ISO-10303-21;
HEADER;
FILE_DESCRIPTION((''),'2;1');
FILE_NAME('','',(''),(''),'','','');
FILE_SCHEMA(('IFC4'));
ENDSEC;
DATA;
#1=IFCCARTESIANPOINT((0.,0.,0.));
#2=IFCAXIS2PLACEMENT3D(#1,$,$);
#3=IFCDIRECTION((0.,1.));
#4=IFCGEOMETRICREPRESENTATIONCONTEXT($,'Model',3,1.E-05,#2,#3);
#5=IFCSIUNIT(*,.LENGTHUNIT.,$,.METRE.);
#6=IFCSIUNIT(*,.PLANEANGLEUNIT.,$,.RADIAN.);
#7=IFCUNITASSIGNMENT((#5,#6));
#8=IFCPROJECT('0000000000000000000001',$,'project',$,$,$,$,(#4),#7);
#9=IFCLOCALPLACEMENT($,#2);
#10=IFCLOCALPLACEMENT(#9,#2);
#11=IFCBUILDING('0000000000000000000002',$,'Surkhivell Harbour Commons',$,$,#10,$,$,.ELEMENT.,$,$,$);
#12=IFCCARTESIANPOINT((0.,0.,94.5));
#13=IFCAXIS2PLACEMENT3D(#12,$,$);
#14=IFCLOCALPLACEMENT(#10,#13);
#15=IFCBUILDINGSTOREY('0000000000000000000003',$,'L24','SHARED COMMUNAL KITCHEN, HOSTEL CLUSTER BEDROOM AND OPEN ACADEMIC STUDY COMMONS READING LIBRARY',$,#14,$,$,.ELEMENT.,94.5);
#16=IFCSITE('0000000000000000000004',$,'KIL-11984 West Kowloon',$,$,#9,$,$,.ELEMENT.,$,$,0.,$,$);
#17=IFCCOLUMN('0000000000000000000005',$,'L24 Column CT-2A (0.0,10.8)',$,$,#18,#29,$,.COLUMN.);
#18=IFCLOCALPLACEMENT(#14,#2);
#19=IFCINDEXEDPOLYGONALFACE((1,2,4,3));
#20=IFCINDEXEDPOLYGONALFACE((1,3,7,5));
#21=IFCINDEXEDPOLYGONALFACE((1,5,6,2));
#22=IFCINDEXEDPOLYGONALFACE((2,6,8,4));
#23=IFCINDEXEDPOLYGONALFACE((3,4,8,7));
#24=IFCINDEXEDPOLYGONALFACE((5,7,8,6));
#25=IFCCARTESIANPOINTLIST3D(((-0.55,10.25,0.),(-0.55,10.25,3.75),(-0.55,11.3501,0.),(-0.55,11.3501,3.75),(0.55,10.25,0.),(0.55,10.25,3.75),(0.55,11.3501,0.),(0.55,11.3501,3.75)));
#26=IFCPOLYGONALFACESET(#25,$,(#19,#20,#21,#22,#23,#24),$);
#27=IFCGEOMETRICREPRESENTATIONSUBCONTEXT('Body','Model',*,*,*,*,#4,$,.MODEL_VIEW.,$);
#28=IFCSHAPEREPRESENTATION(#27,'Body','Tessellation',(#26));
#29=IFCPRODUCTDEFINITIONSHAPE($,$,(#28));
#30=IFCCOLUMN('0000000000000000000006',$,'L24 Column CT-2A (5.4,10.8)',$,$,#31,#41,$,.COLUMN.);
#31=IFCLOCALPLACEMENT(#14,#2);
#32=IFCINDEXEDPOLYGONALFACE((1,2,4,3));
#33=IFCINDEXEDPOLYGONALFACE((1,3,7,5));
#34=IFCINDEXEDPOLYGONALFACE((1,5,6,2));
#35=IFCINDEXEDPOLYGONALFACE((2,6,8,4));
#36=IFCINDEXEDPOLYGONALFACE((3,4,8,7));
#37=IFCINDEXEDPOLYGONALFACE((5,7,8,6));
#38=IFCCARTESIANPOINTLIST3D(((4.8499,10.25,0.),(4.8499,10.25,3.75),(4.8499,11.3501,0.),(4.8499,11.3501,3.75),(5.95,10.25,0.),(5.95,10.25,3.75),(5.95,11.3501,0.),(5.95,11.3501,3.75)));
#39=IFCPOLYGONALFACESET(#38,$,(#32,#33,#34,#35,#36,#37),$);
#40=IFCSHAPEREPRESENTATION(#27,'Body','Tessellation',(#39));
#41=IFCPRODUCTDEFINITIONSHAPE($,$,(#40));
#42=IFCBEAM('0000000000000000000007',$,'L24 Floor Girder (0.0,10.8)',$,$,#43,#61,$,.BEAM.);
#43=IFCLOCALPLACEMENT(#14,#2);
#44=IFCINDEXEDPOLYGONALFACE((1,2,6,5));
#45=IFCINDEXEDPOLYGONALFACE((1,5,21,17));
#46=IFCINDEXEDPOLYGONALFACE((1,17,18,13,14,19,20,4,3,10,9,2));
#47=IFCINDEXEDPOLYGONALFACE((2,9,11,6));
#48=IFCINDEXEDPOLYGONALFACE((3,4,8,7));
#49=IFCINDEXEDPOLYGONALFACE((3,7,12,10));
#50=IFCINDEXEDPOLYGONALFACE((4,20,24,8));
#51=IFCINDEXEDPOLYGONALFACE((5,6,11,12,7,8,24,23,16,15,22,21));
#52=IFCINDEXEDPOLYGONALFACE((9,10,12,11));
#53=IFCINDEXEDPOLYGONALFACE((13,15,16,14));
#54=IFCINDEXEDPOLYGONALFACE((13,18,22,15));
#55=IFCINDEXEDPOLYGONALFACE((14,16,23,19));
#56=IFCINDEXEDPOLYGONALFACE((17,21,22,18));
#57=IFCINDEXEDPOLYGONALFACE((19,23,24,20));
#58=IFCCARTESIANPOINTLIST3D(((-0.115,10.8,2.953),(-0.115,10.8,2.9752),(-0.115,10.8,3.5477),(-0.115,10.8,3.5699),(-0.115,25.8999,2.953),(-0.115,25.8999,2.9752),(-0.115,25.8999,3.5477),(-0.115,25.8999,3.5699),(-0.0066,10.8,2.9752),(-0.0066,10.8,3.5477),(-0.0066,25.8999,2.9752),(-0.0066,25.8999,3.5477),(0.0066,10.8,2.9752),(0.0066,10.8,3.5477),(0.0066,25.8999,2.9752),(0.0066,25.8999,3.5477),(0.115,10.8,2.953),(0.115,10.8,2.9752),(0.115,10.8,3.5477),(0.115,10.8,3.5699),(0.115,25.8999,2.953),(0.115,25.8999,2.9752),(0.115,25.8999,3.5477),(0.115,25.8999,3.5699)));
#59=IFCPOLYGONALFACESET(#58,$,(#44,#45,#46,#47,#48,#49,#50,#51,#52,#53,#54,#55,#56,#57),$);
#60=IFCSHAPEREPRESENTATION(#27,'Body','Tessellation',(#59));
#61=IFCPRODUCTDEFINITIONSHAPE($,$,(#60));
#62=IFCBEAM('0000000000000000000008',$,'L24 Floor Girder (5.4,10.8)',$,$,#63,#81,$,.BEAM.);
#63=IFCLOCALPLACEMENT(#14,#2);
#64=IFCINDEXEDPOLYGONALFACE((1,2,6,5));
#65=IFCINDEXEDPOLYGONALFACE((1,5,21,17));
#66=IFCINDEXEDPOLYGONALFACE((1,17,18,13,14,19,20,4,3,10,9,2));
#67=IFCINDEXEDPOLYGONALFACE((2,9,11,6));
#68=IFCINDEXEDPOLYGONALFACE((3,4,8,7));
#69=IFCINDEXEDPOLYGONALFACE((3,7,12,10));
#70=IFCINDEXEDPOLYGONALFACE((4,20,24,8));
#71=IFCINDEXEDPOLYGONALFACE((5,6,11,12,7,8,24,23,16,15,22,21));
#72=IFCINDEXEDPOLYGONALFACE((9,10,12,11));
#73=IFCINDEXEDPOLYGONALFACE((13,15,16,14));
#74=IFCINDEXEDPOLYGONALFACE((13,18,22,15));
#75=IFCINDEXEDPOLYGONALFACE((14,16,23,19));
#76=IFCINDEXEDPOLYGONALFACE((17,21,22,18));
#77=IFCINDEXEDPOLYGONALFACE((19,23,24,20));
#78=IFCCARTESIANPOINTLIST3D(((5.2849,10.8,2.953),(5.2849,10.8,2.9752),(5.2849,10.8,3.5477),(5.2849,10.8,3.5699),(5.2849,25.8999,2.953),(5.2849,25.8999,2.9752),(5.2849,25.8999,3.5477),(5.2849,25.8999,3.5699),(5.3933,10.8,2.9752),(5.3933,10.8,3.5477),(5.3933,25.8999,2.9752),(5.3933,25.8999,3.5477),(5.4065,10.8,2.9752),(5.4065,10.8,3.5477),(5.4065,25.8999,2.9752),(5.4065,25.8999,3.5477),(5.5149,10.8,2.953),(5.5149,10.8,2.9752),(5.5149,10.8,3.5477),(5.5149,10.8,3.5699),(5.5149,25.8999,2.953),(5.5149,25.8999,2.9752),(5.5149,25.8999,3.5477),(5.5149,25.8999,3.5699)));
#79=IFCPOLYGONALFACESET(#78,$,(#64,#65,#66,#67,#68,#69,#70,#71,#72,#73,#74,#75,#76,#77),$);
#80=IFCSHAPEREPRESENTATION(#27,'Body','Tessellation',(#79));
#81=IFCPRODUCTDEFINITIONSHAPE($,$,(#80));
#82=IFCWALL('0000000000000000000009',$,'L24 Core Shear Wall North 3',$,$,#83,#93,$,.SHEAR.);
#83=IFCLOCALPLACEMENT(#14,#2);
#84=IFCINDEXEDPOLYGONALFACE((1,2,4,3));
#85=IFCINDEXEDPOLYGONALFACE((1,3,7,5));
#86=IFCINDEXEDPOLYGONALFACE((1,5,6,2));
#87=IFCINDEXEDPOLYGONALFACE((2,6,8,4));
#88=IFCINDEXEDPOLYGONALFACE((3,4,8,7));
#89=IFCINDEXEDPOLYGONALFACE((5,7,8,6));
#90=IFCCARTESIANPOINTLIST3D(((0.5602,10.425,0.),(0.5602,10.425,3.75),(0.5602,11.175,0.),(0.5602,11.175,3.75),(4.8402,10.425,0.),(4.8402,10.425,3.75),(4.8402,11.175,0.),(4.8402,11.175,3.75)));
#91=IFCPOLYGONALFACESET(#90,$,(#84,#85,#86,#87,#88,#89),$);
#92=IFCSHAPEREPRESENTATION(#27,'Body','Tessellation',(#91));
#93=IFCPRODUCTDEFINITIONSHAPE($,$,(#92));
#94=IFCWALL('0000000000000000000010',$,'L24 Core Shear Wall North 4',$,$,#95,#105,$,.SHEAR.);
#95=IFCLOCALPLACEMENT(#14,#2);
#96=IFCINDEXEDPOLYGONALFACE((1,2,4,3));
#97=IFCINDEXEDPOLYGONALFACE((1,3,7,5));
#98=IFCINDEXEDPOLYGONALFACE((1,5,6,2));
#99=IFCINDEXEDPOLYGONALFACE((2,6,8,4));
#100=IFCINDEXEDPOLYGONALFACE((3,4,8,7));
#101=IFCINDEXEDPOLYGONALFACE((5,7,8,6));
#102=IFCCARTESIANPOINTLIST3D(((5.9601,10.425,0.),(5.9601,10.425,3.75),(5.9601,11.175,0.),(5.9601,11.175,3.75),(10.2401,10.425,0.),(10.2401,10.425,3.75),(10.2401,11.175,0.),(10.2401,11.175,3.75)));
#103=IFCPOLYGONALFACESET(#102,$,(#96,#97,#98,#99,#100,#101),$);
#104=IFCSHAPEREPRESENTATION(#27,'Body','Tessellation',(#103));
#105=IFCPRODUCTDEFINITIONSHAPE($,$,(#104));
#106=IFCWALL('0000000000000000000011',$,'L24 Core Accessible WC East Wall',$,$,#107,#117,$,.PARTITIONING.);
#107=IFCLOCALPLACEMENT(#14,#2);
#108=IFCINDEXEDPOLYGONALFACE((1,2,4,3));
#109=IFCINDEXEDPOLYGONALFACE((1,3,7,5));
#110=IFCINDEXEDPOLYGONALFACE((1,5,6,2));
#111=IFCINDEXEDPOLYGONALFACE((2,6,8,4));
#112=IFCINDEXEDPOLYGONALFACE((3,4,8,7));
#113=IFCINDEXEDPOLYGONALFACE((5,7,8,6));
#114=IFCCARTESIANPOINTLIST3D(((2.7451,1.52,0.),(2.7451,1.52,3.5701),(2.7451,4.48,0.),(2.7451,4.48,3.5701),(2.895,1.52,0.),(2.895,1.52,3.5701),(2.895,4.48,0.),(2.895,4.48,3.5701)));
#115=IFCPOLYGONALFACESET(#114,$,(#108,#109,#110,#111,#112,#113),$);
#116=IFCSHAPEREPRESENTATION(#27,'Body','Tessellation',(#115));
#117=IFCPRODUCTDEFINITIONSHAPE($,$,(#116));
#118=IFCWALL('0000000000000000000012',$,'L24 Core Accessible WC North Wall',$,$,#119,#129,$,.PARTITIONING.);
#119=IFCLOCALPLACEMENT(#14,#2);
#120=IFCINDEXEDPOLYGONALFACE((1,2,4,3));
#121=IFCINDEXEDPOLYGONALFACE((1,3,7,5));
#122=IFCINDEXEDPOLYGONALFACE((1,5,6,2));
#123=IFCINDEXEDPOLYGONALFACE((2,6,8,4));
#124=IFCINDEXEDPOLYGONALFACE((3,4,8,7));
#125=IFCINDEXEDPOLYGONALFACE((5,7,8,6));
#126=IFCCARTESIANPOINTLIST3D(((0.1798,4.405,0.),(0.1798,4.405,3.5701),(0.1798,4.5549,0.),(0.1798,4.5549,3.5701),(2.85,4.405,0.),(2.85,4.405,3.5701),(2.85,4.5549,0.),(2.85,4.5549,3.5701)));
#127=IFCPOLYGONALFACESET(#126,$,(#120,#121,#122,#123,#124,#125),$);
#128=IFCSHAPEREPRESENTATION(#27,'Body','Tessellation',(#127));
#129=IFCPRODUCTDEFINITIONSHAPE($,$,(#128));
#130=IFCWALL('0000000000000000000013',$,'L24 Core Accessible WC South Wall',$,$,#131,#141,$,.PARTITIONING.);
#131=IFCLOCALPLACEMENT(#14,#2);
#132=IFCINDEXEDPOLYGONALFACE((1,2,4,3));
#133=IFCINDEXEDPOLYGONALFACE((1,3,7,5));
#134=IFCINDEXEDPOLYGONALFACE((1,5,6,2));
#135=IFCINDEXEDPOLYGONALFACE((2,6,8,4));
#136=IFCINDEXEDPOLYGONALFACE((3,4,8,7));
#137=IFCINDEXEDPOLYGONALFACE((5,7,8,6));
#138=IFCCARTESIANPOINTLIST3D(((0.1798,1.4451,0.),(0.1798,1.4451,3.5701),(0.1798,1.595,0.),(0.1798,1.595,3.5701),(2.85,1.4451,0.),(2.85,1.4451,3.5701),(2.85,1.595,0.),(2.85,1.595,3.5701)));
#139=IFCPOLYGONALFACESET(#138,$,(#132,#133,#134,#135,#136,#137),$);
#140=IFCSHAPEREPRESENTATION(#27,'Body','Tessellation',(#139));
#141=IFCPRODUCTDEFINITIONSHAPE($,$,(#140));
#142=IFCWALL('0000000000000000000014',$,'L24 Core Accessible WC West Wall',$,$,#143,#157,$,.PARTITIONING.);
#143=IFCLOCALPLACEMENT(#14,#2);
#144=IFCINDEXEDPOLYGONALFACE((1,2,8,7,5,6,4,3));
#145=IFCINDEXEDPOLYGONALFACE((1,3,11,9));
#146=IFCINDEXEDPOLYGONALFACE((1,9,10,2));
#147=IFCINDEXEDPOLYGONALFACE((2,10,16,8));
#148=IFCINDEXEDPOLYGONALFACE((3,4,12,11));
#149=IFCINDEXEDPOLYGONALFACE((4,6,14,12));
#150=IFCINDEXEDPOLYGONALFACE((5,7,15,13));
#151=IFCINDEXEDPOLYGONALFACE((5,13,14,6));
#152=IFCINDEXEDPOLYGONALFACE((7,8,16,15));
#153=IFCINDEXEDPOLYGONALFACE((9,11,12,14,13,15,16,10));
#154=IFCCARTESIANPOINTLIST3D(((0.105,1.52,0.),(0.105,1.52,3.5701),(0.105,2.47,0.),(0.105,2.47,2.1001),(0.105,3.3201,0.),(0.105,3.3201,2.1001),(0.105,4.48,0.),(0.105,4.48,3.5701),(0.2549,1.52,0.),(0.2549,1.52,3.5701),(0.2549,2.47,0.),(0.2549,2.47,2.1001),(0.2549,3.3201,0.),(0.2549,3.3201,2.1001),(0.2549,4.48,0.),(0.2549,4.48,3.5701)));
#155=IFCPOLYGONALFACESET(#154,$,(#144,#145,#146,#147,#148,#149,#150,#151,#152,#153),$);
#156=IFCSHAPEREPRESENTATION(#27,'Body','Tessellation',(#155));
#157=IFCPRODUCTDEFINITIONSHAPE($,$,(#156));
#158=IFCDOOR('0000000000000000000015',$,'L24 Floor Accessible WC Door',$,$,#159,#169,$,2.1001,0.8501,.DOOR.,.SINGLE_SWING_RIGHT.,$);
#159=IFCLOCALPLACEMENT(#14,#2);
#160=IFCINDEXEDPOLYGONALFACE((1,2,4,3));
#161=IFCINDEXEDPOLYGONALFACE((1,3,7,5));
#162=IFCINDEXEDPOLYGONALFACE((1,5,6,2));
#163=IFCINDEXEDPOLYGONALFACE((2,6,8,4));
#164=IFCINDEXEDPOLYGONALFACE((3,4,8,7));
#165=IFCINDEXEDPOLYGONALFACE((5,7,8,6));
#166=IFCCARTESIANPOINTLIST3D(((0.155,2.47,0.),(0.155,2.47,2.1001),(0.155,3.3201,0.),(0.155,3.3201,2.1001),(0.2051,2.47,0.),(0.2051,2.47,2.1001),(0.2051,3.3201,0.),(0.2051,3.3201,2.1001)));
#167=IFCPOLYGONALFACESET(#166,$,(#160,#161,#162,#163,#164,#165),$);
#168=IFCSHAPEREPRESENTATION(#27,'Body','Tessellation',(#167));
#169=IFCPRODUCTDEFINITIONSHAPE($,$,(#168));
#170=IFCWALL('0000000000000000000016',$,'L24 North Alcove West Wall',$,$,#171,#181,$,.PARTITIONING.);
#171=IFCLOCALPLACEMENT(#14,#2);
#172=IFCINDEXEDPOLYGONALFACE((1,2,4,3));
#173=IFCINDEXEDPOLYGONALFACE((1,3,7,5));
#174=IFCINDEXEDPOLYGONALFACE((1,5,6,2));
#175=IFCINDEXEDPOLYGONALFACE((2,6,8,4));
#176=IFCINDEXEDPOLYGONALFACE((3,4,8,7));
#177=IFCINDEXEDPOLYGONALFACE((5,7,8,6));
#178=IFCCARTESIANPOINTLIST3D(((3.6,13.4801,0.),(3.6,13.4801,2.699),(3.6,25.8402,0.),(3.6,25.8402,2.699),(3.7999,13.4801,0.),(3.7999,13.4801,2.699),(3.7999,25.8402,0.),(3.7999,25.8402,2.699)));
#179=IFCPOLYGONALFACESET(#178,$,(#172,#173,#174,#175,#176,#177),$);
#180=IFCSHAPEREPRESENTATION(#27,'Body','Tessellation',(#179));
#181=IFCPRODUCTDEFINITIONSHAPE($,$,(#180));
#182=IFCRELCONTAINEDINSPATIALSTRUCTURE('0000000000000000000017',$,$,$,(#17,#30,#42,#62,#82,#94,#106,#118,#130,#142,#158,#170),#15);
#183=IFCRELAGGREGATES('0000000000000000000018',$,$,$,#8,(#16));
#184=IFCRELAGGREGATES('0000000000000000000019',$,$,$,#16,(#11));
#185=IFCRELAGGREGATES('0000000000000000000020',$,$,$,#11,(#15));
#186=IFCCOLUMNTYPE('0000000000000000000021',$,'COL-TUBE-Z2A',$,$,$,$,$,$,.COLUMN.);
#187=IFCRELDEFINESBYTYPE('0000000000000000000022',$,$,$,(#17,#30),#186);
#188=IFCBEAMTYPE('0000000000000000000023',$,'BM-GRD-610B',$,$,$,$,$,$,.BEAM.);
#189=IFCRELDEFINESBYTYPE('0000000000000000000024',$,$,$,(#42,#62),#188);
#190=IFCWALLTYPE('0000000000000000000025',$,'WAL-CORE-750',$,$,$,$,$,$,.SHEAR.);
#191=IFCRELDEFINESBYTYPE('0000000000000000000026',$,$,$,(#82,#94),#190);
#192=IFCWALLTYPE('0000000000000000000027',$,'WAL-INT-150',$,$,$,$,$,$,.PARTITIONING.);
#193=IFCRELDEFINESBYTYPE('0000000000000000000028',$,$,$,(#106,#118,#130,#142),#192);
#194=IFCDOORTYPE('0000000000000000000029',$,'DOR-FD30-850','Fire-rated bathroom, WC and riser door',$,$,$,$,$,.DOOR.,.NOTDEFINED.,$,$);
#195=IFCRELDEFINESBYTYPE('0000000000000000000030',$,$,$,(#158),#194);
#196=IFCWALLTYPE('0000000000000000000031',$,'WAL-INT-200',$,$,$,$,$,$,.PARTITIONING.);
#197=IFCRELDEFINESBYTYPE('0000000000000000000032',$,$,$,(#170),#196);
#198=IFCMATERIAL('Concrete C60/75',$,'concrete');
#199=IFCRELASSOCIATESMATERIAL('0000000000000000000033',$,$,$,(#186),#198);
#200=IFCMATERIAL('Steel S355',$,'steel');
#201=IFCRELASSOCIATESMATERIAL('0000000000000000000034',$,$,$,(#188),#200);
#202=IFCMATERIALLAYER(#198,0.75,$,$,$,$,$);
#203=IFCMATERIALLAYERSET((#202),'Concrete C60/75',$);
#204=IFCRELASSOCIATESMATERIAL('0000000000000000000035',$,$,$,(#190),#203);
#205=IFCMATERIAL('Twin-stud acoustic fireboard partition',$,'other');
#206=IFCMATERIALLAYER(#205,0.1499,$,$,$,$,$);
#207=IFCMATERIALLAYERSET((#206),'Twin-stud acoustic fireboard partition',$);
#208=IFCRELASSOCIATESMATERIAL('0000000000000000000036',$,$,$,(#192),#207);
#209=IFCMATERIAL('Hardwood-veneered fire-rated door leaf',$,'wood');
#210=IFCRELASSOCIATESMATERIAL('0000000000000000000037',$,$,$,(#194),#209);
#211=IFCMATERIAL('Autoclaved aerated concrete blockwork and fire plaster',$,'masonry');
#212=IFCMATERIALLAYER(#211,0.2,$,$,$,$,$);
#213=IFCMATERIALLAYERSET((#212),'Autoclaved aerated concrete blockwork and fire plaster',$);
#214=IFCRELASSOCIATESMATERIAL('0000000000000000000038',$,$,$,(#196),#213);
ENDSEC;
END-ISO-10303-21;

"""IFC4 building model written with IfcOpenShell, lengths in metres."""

from ifc_helpers import new_model, si_unit, direction, frame, frame_2d, origin, origin_2d, place, context, subcontext, project, spatial, rectangle, i_section, extrude, material, layer, layer_set, material_profile, profile_set, type_object, element, fill, save


model = new_model("IFC4")

# Units and contexts
model_context = context("Model", 3, precision=1e-05, world=origin(), true_north=direction((0.0, 1.0)))
body_context = subcontext(model_context, "Body", "Model", "MODEL_VIEW")
ifc_project = project(units=[si_unit("LENGTHUNIT", "METRE"), si_unit("PLANEANGLEUNIT", "RADIAN")], contexts=[model_context])

# Site, building, storey
site_placement = place(None, origin())
site = spatial("IfcSite", under=ifc_project, at=site_placement, Name="KIL-11984 West Kowloon", CompositionType="ELEMENT", RefElevation=0.0)
building_placement = place(site_placement, origin())
building = spatial("IfcBuilding", under=site, at=building_placement, Name="Surkhivell Harbour Commons", CompositionType="ELEMENT")
storey_placement = place(building_placement, frame((0.0, 0.0, 94.5)))
storey = spatial("IfcBuildingStorey", under=building, at=storey_placement, Name="L24", Description="SHARED COMMUNAL KITCHEN, HOSTEL CLUSTER BEDROOM AND OPEN ACADEMIC STUDY COMMONS READING LIBRARY", CompositionType="ELEMENT", Elevation=94.5)

# Columns
ifc_material_1 = material(Name="Concrete C60/75", Category="concrete")
ifc_material_profile_1 = material_profile(ifc_material_1, rectangle(XDim=1.1001, YDim=1.1001, at=origin_2d()), Name="RC-COL-1100x1100")
ifc_profile_set_1 = profile_set([ifc_material_profile_1], Name="Concrete C60/75")
column_type = type_object("IfcColumnType", Name="COL-TUBE-Z2A", PredefinedType="COLUMN", material=ifc_profile_set_1)
for number, where, z_axis, x_axis, name in (
    (1, (0.0, 10.8, 0.0), (0.0, 0.0, 1.0), (1.0, 0.0, 0.0), "L24 Column CT-2A (0.0,10.8)"),
    (2, (5.3999, 10.8, 0.0), (0.0, 0.0, 1.0), (1.0, 0.0, 0.0), "L24 Column CT-2A (5.4,10.8)"),
):
    element("IfcColumn", number, at=place(storey_placement, frame(where, z_axis=z_axis, x_axis=x_axis)), inside=storey, type_object=column_type, Name=name, PredefinedType="COLUMN", context=body_context, shape_type="SweptSolid", body=[
        extrude(rectangle(XDim=1.1001, YDim=1.1001, at=origin_2d()), origin(), (0.0, 0.0, 1.0), 3.75),
    ])

# Beams
ifc_material_2 = material(Name="Steel S355", Category="steel")
ifc_material_profile_2 = material_profile(ifc_material_2, i_section(OverallWidth=0.23, OverallDepth=0.6169, WebThickness=0.0132, FlangeThickness=0.0222, at=origin_2d()), Name="UB610x229x140")
ifc_profile_set_2 = profile_set([ifc_material_profile_2], Name="Steel S355")
beam_type = type_object("IfcBeamType", Name="BM-GRD-610B", PredefinedType="BEAM", material=ifc_profile_set_2)
for number, where, z_axis, x_axis, name in (
    (3, (0.0, 10.8, 3.2615), (0.0, 1.0, 0.0), (-1.0, 0.0, 0.0), "L24 Floor Girder (0.0,10.8)"),
    (4, (5.3999, 10.8, 3.2615), (0.0, 1.0, 0.0), (-1.0, 0.0, 0.0), "L24 Floor Girder (5.4,10.8)"),
):
    element("IfcBeam", number, at=place(storey_placement, frame(where, z_axis=z_axis, x_axis=x_axis)), inside=storey, type_object=beam_type, Name=name, PredefinedType="BEAM", context=body_context, shape_type="SweptSolid", body=[
        extrude(i_section(OverallWidth=0.23, OverallDepth=0.6169, WebThickness=0.0132, FlangeThickness=0.0222, at=origin_2d()), origin(), (0.0, 0.0, 1.0), 15.0999),
    ])

# Walls
ifc_layer_1 = layer(ifc_material_1, 0.75)
ifc_layer_set_1 = layer_set([ifc_layer_1], Name="Concrete C60/75")
wall_type_1 = type_object("IfcWallType", Name="WAL-CORE-750", PredefinedType="SHEAR", material=ifc_layer_set_1)
for number, where, z_axis, x_axis, name in (
    (5, (0.5601, 10.8, 0.0), (0.0, 0.0, 1.0), (1.0, 0.0, 0.0), "L24 Core Shear Wall North 3"),
    (6, (5.96, 10.8, 0.0), (0.0, 0.0, 1.0), (1.0, 0.0, 0.0), "L24 Core Shear Wall North 4"),
):
    element("IfcWall", number, at=place(storey_placement, frame(where, z_axis=z_axis, x_axis=x_axis)), inside=storey, type_object=wall_type_1, Name=name, PredefinedType="SHEAR", context=body_context, shape_type="SweptSolid", body=[
        extrude(rectangle(XDim=4.28, YDim=0.75, at=frame_2d((2.1401, 0.0))), origin(), (0.0, 0.0, 1.0), 3.75),
    ])
ifc_material_3 = material(Name="Twin-stud acoustic fireboard partition", Category="other")
ifc_layer_2 = layer(ifc_material_3, 0.1499)
ifc_layer_set_2 = layer_set([ifc_layer_2], Name="Twin-stud acoustic fireboard partition")
wall_type_2 = type_object("IfcWallType", Name="WAL-INT-150", PredefinedType="PARTITIONING", material=ifc_layer_set_2)
wall_1_placement = place(storey_placement, frame((2.8201, 1.52, 0.0), z_axis=(0.0, 0.0, 1.0), x_axis=(0.0, 1.0, 0.0)))
element("IfcWall", 7, at=wall_1_placement, inside=storey, type_object=wall_type_2, Name="L24 Core Accessible WC East Wall", PredefinedType="PARTITIONING", context=body_context, shape_type="SweptSolid", body=[
    extrude(rectangle(XDim=2.96, YDim=0.1499, at=frame_2d((1.48, 0.0))), origin(), (0.0, 0.0, 1.0), 3.5701),
])
for number, where, z_axis, x_axis, name in (
    (8, (0.1799, 4.48, 0.0), (0.0, 0.0, 1.0), (1.0, 0.0, 0.0), "L24 Core Accessible WC North Wall"),
    (9, (0.1799, 1.52, 0.0), (0.0, 0.0, 1.0), (1.0, 0.0, 0.0), "L24 Core Accessible WC South Wall"),
):
    element("IfcWall", number, at=place(storey_placement, frame(where, z_axis=z_axis, x_axis=x_axis)), inside=storey, type_object=wall_type_2, Name=name, PredefinedType="PARTITIONING", context=body_context, shape_type="SweptSolid", body=[
        extrude(rectangle(XDim=2.6702, YDim=0.1499, at=frame_2d((1.335, 0.0))), origin(), (0.0, 0.0, 1.0), 3.5701),
    ])

# Wall, opening, door
wall_2_placement = place(storey_placement, frame((0.1799, 1.52, 0.0), z_axis=(0.0, 0.0, 1.0), x_axis=(0.0, 1.0, 0.0)))
wall_2 = element("IfcWall", 10, at=wall_2_placement, inside=storey, type_object=wall_type_2, Name="L24 Core Accessible WC West Wall", PredefinedType="PARTITIONING", context=body_context, shape_type="SweptSolid", body=[
    extrude(rectangle(XDim=2.96, YDim=0.1499, at=frame_2d((1.48, 0.0))), origin(), (0.0, 0.0, 1.0), 3.5701),
])
opening_1_placement = place(wall_2_placement, frame((0.95, 0.0, 0.0)))
opening_1 = element("IfcOpeningElement", 11, at=opening_1_placement, cuts=wall_2, PredefinedType="OPENING", context=body_context, shape_type="SweptSolid", body=[
    extrude(rectangle(XDim=0.8501, YDim=2.1001, at=frame_2d((0.425, 1.05))), frame((0.0, 0.085, 0.0), z_axis=(0.0, -1.0, 0.0), x_axis=(1.0, 0.0, 0.0)), (0.0, 0.0, 1.0), 0.1699),
])
ifc_material_4 = material(Name="Hardwood-veneered fire-rated door leaf", Category="wood")
door_type_1 = type_object("IfcDoorType", Name="DOR-FD30-850", Description="Fire-rated bathroom, WC and riser door", OperationType="NOTDEFINED", PredefinedType="DOOR", material=ifc_material_4)
door_1_placement = place(opening_1_placement, origin())
door_1 = element("IfcDoor", 12, at=door_1_placement, inside=storey, type_object=door_type_1, Name="L24 Floor Accessible WC Door", OperationType="SINGLE_SWING_RIGHT", OverallHeight=2.1001, OverallWidth=0.8501, PredefinedType="DOOR", context=body_context, shape_type="SweptSolid", body=[
    extrude(rectangle(XDim=0.8501, YDim=2.1001, at=frame_2d((0.425, 1.05))), frame((0.0, 0.0249, 0.0), z_axis=(0.0, -1.0, 0.0), x_axis=(1.0, 0.0, 0.0)), (0.0, 0.0, 1.0), 0.05),
])
fill(opening_1, door_1)

# Wall
ifc_material_5 = material(Name="Autoclaved aerated concrete blockwork and fire plaster", Category="masonry")
ifc_layer_3 = layer(ifc_material_5, 0.2)
ifc_layer_set_3 = layer_set([ifc_layer_3], Name="Autoclaved aerated concrete blockwork and fire plaster")
wall_type_3 = type_object("IfcWallType", Name="WAL-INT-200", PredefinedType="PARTITIONING", material=ifc_layer_set_3)
wall_3_placement = place(storey_placement, frame((3.7, 13.48, 0.0), z_axis=(0.0, 0.0, 1.0), x_axis=(0.0, 1.0, 0.0)))
element("IfcWall", 13, at=wall_3_placement, inside=storey, type_object=wall_type_3, Name="L24 North Alcove West Wall", PredefinedType="PARTITIONING", context=body_context, shape_type="SweptSolid", body=[
    extrude(rectangle(XDim=12.3601, YDim=0.2, at=frame_2d((6.1802, 0.0))), origin(), (0.0, 0.0, 1.0), 2.699),
])

save(model, "model.ifc")
